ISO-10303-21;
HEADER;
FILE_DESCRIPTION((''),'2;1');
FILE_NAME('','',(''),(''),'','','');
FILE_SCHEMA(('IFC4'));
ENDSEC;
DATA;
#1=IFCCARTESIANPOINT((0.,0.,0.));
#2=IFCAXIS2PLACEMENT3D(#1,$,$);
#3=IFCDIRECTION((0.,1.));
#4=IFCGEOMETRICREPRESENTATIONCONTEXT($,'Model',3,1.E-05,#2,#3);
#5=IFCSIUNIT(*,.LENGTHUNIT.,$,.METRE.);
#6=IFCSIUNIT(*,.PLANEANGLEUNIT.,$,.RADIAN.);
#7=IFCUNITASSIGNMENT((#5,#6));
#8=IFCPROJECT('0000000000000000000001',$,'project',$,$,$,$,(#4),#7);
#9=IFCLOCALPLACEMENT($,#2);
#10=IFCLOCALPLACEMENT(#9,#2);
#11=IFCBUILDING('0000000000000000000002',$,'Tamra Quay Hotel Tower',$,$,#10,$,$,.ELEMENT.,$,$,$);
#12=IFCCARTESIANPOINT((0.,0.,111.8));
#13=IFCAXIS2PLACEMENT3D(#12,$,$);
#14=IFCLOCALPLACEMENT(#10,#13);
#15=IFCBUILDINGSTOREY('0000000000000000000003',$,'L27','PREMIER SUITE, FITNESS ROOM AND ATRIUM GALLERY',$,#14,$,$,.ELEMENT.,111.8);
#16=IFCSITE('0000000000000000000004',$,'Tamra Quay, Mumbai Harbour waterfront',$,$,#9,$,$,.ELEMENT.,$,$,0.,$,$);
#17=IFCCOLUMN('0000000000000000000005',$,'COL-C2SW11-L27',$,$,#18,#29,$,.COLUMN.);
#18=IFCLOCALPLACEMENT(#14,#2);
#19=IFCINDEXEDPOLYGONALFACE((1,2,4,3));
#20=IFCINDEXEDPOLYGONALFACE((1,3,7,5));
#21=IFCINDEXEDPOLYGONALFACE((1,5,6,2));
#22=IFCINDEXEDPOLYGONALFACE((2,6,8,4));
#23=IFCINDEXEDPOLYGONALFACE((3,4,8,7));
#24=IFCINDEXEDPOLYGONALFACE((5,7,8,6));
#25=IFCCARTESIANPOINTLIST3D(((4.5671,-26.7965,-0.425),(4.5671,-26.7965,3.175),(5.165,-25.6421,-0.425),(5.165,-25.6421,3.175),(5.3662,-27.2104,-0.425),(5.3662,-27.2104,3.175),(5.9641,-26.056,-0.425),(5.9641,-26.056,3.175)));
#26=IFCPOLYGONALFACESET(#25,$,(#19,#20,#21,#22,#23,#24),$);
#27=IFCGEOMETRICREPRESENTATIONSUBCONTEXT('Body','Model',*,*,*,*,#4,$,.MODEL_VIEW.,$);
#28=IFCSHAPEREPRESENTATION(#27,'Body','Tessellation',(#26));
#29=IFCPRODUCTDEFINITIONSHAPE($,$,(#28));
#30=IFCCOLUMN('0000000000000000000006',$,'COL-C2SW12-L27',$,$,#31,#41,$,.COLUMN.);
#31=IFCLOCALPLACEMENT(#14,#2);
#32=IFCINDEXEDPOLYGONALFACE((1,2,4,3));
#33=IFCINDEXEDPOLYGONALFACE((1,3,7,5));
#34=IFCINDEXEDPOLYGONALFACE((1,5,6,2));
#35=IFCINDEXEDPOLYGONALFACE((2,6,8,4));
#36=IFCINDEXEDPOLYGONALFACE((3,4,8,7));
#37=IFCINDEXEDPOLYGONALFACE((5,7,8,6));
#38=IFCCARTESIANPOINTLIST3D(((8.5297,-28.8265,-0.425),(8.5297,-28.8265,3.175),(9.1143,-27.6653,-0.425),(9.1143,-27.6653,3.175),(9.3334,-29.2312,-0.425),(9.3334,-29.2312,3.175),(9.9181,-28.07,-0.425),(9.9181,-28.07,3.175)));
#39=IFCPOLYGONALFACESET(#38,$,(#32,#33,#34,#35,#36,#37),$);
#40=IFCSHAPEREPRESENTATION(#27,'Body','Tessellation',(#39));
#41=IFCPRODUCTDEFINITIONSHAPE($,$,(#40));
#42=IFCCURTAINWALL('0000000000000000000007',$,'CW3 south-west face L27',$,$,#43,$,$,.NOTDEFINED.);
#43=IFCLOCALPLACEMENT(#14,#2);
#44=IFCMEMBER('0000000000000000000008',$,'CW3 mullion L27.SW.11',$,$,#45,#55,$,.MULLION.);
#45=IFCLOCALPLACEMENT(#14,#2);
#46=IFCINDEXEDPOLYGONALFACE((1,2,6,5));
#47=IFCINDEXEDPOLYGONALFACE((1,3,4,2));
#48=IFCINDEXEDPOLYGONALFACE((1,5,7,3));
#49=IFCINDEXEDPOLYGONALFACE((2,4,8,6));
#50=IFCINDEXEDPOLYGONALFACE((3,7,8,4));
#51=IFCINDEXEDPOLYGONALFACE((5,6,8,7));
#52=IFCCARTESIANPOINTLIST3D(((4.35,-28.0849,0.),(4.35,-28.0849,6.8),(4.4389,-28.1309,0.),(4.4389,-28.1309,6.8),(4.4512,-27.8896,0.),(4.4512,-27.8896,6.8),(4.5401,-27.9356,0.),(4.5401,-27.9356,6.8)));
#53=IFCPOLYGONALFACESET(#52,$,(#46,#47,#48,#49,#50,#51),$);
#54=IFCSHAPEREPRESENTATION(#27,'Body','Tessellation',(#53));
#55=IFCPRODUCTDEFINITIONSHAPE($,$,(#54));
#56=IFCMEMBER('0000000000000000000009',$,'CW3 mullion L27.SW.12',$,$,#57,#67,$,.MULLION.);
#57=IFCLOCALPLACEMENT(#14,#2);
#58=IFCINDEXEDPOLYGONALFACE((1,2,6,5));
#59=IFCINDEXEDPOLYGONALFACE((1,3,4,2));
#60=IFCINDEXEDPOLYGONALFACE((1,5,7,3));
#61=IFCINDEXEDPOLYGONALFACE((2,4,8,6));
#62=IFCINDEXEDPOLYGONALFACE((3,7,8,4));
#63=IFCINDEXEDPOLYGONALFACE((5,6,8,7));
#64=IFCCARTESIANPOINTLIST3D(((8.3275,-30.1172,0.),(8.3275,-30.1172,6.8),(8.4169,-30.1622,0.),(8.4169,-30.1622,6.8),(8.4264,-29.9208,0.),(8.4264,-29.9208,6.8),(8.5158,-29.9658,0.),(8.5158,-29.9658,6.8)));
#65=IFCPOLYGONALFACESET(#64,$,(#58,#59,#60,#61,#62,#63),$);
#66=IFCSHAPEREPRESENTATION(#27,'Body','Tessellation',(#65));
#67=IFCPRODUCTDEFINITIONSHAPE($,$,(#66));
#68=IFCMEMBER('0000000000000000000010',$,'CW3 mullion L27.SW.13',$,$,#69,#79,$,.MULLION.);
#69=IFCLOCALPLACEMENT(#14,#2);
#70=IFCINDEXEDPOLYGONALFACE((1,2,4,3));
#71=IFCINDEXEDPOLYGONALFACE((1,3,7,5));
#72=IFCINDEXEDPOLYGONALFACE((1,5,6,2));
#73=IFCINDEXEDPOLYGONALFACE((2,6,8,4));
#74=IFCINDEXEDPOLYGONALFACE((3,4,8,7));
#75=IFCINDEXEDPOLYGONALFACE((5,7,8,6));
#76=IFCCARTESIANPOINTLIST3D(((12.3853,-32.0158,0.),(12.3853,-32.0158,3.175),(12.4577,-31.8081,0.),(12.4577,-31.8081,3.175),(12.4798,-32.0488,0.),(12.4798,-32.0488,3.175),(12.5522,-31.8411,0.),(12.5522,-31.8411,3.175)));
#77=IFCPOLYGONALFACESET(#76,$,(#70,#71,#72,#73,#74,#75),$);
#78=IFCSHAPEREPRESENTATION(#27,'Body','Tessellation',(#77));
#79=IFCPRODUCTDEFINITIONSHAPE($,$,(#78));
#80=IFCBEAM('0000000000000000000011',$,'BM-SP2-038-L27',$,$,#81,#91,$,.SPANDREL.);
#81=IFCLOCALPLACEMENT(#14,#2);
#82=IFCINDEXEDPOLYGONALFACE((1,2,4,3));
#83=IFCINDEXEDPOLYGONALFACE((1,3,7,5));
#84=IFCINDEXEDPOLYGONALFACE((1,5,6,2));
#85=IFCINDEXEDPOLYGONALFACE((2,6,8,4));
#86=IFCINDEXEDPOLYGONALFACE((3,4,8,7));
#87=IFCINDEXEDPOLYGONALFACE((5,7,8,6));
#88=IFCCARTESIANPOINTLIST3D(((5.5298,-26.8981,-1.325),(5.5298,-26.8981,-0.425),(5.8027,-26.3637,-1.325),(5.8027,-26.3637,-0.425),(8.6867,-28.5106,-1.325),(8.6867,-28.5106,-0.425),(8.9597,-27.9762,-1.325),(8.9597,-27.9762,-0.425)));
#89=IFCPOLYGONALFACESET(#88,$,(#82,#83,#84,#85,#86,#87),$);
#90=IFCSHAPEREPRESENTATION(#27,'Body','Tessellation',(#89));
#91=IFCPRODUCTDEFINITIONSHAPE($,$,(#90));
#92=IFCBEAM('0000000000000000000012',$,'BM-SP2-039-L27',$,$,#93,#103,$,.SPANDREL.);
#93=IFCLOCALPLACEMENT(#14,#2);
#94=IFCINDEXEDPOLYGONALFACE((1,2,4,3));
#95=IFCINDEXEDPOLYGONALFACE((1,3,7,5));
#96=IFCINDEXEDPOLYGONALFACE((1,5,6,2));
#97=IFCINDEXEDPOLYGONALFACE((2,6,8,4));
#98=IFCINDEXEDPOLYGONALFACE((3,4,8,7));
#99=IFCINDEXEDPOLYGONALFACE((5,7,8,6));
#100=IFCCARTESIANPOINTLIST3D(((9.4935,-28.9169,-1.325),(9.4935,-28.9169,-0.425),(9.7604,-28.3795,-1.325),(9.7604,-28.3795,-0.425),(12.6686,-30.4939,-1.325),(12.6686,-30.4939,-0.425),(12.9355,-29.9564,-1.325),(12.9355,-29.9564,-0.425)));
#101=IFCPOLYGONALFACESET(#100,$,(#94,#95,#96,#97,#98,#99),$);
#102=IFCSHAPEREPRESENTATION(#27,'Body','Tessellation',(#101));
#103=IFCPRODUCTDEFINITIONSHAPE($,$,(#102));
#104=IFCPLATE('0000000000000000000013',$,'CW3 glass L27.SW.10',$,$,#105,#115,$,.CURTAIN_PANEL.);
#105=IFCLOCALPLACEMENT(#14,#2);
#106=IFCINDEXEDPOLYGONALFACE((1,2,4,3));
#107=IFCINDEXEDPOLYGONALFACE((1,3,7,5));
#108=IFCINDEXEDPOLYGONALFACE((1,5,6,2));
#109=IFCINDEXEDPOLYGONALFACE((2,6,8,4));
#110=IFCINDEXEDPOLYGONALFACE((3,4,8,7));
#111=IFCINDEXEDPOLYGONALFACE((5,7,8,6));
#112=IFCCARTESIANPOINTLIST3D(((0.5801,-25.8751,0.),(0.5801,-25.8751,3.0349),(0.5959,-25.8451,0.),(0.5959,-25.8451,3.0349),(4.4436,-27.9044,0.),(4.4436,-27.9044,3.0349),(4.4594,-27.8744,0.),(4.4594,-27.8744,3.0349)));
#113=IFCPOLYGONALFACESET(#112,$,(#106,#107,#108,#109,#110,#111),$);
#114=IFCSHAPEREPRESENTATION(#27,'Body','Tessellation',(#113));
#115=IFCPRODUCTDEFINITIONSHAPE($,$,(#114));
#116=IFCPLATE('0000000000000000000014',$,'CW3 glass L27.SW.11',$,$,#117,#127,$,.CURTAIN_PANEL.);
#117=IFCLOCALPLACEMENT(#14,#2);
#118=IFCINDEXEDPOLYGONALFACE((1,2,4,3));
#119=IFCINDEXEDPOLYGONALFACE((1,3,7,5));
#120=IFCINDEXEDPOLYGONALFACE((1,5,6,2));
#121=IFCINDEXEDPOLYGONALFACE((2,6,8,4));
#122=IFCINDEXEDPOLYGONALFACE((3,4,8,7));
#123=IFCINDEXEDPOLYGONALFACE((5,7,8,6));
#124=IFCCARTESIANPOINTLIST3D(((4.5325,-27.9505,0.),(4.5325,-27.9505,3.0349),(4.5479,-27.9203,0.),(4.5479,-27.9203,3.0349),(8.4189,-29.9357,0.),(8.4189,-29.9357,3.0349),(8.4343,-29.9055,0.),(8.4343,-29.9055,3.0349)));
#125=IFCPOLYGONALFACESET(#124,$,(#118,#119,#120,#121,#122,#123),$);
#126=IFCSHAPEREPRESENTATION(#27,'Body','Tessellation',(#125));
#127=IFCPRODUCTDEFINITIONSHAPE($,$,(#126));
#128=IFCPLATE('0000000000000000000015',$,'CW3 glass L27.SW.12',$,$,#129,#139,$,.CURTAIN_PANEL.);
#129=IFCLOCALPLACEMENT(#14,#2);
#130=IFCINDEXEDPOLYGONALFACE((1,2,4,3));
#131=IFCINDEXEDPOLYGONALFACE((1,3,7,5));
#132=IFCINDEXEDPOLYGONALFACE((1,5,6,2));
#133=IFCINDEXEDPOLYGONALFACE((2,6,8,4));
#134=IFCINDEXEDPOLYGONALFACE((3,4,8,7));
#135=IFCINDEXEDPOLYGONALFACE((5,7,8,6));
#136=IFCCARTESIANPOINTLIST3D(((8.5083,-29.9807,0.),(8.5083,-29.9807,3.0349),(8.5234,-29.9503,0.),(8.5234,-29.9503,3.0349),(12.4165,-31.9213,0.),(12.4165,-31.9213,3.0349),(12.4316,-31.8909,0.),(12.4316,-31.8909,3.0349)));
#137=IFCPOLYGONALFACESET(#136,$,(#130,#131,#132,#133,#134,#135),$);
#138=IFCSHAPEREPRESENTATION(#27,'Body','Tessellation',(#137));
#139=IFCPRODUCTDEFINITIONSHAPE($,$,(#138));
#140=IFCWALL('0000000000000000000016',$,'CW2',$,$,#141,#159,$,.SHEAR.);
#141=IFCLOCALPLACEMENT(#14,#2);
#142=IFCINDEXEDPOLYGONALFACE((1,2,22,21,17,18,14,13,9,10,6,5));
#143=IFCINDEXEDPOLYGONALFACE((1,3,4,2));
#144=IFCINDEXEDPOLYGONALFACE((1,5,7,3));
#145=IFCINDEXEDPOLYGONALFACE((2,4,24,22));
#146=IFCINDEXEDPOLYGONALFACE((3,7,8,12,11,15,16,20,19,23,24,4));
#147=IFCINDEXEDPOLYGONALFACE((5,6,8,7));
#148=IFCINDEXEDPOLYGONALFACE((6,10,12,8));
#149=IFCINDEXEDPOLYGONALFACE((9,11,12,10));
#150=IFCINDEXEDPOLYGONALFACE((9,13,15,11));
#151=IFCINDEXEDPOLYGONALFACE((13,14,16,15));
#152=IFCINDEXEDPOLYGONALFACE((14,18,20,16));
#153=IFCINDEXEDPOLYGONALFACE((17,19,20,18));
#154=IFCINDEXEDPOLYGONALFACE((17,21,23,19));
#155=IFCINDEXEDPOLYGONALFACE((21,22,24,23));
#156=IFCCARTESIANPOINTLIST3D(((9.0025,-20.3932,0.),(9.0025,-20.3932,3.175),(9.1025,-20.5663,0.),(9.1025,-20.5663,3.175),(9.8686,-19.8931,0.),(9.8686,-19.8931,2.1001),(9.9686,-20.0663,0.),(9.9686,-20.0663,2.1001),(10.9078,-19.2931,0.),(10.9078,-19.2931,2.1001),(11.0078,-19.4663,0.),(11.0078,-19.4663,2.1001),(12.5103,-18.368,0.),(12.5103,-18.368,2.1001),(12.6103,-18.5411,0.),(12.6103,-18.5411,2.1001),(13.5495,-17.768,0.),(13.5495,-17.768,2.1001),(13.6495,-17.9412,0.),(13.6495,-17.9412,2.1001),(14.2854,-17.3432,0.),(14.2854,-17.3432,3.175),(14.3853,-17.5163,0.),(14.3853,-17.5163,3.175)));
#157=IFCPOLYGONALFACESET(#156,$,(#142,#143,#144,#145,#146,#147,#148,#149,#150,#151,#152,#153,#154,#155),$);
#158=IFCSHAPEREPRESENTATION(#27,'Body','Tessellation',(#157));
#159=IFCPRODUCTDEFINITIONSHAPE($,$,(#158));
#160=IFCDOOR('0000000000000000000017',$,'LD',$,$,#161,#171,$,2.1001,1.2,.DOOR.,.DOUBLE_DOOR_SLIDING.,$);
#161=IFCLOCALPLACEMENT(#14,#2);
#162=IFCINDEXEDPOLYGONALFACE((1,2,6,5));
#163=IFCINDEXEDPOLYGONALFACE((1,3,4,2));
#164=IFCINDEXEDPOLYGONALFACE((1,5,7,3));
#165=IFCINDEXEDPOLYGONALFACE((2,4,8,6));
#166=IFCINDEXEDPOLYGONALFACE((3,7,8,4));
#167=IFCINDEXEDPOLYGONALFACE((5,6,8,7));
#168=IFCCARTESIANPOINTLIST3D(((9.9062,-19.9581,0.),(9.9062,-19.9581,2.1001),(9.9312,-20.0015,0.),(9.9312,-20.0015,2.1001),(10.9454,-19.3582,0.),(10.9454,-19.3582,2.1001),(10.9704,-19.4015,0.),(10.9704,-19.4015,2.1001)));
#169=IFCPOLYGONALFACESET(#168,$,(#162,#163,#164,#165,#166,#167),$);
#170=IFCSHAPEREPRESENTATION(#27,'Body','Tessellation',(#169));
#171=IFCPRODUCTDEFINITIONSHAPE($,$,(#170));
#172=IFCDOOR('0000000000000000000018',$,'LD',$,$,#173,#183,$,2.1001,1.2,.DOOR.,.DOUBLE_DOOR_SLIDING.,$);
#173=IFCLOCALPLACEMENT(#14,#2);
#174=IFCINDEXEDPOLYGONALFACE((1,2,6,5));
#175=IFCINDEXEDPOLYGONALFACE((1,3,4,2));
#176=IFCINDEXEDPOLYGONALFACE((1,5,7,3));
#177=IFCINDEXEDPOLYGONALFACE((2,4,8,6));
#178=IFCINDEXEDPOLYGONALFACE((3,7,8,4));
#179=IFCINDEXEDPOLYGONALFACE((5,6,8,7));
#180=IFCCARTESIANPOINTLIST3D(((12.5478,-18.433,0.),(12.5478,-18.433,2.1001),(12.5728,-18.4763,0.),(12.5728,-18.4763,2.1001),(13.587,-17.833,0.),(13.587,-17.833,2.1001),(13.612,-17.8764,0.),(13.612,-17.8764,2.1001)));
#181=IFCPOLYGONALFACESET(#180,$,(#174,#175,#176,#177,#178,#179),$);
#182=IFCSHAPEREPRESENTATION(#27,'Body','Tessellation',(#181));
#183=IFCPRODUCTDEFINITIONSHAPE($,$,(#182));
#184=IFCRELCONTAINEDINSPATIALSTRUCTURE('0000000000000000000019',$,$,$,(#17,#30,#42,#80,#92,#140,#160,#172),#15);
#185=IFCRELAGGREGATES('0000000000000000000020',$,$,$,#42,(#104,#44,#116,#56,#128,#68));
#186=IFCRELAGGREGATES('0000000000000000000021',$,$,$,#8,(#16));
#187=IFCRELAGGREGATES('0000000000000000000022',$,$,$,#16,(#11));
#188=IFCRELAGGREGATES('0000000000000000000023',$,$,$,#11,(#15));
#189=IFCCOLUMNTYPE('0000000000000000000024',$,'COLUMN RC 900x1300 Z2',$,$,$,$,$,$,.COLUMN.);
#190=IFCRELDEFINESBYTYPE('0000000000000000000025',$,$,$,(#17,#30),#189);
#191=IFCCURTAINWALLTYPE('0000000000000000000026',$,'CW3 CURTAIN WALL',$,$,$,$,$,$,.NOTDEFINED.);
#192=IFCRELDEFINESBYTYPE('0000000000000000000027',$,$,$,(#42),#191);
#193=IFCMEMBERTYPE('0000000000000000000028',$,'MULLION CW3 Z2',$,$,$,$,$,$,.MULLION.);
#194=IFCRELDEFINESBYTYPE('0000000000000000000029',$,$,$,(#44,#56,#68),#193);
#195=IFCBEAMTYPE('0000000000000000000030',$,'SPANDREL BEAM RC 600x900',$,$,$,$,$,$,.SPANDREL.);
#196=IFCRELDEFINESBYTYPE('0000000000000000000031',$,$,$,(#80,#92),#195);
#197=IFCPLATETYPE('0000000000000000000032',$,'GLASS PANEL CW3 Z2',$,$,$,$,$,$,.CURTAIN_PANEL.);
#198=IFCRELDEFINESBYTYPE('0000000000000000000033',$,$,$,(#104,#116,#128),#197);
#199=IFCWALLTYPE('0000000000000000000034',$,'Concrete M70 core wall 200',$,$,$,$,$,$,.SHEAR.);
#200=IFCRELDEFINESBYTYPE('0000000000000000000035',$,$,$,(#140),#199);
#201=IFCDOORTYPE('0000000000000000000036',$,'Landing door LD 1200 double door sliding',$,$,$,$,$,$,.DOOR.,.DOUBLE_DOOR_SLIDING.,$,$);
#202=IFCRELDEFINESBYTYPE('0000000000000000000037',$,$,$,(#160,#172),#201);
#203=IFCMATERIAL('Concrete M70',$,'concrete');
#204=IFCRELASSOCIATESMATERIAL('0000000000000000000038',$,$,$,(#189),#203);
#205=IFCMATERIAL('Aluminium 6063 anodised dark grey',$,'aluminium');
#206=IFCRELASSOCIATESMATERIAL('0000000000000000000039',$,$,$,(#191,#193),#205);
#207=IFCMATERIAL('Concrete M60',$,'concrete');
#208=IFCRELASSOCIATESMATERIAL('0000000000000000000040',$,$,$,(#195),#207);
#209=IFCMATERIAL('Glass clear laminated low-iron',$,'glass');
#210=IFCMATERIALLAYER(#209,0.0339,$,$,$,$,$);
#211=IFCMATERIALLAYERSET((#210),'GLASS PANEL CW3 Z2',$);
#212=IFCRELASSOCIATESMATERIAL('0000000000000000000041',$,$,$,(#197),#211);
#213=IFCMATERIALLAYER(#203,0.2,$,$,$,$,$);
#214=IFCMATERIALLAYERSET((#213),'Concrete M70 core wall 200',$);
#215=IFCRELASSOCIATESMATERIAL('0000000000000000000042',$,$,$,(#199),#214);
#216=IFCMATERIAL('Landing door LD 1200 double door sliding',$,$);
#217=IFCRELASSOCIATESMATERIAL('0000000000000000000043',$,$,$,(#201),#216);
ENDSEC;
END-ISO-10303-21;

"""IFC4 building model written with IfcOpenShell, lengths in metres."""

from ifc_helpers import new_model, si_unit, direction, frame, frame_2d, origin, origin_2d, place, context, subcontext, project, spatial, rectangle, extrude, material, layer, layer_set, material_profile, profile_set, type_object, element, fill, aggregate, save


model = new_model("IFC4")

# Units and contexts
model_context = context("Model", 3, precision=1e-05, world=origin(), true_north=direction((0.0, 1.0)))
body_context = subcontext(model_context, "Body", "Model", "MODEL_VIEW")
ifc_project = project(units=[si_unit("LENGTHUNIT", "METRE"), si_unit("PLANEANGLEUNIT", "RADIAN")], contexts=[model_context])

# Site, building, storey
site_placement = place(None, origin())
site = spatial("IfcSite", under=ifc_project, at=site_placement, Name="Tamra Quay, Mumbai Harbour waterfront", CompositionType="ELEMENT", RefElevation=0.0)
building_placement = place(site_placement, origin())
building = spatial("IfcBuilding", under=site, at=building_placement, Name="Tamra Quay Hotel Tower", CompositionType="ELEMENT")
storey_placement = place(building_placement, frame((0.0, 0.0, 111.8)))
storey = spatial("IfcBuildingStorey", under=building, at=storey_placement, Name="L27", Description="PREMIER SUITE, FITNESS ROOM AND ATRIUM GALLERY", CompositionType="ELEMENT", Elevation=111.8)

# Columns
ifc_material_1 = material(Name="Concrete M70", Category="concrete")
ifc_material_profile_1 = material_profile(ifc_material_1, rectangle(XDim=1.3, YDim=0.8999, at=origin_2d()), Name="COLUMN RC 900x1300 Z2")
ifc_profile_set_1 = profile_set([ifc_material_profile_1], Name="Concrete M70")
column_type = type_object("IfcColumnType", Name="COLUMN RC 900x1300 Z2", PredefinedType="COLUMN", material=ifc_profile_set_1)
for number, where, z_axis, x_axis, name in (
    (1, (5.2656, -26.4263, -0.425), (0.0, 0.0, 1.0), (0.45989, 0.887976, 0.0), "COL-C2SW11-L27"),
    (2, (9.2239, -28.4482, -0.425), (0.0, 0.0, 1.0), (0.449727, 0.893166, 0.0), "COL-C2SW12-L27"),
):
    element("IfcColumn", number, at=place(storey_placement, frame(where, z_axis=z_axis, x_axis=x_axis)), inside=storey, type_object=column_type, Name=name, PredefinedType="COLUMN", context=body_context, shape_type="SweptSolid", body=[
        extrude(rectangle(XDim=1.3, YDim=0.8999, at=origin_2d()), origin(), (0.0, 0.0, 1.0), 3.6001),
    ])

# Curtain wall, members
ifc_material_2 = material(Name="Aluminium 6063 anodised dark grey", Category="aluminium")
curtain_wall_type = type_object("IfcCurtainWallType", Name="CW3 CURTAIN WALL", PredefinedType="NOTDEFINED", material=ifc_material_2)
curtain_wall_placement = place(storey_placement, origin())
curtain_wall = element("IfcCurtainWall", 3, at=curtain_wall_placement, inside=storey, type_object=curtain_wall_type, Name="CW3 south-west face L27", PredefinedType="NOTDEFINED")
ifc_material_profile_2 = material_profile(ifc_material_2, rectangle(XDim=0.22, YDim=0.1001, at=origin_2d()), Name="MULLION 100X220")
ifc_profile_set_2 = profile_set([ifc_material_profile_2], Name="Aluminium 6063 anodised dark grey")
member_type = type_object("IfcMemberType", Name="MULLION CW3 Z2", PredefinedType="MULLION", material=ifc_profile_set_2)
member_1_placement = place(storey_placement, frame((4.4451, -28.0103, 0.0), z_axis=(0.0, 0.0, 1.0), x_axis=(-0.45996, -0.88794, 0.0)))
member_1 = element("IfcMember", 4, at=member_1_placement, type_object=member_type, Name="CW3 mullion L27.SW.11", PredefinedType="MULLION", context=body_context, shape_type="SweptSolid", body=[
    extrude(rectangle(XDim=0.22, YDim=0.1001, at=origin_2d()), origin(), (0.0, 0.0, 1.0), 6.8),
])
member_2_placement = place(storey_placement, frame((8.4216, -30.0415, 0.0), z_axis=(0.0, 0.0, 1.0), x_axis=(-0.449827, -0.893116, 0.0)))
member_2 = element("IfcMember", 5, at=member_2_placement, type_object=member_type, Name="CW3 mullion L27.SW.12", PredefinedType="MULLION", context=body_context, shape_type="SweptSolid", body=[
    extrude(rectangle(XDim=0.22, YDim=0.1001, at=origin_2d()), origin(), (0.0, 0.0, 1.0), 6.8),
])
member_3_placement = place(storey_placement, frame((12.4688, -31.9285, 0.0), z_axis=(0.0, 0.0, 1.0), x_axis=(-0.329532, -0.944144, 0.0)))
member_3 = element("IfcMember", 6, at=member_3_placement, type_object=member_type, Name="CW3 mullion L27.SW.13", PredefinedType="MULLION", context=body_context, shape_type="SweptSolid", body=[
    extrude(rectangle(XDim=0.22, YDim=0.1001, at=origin_2d()), origin(), (0.0, 0.0, 1.0), 3.175),
])

# Beams
ifc_material_3 = material(Name="Concrete M60", Category="concrete")
ifc_material_profile_3 = material_profile(ifc_material_3, rectangle(XDim=0.6001, YDim=0.8999, at=origin_2d()), Name="SPANDREL BEAM RC 600x900")
ifc_profile_set_3 = profile_set([ifc_material_profile_3], Name="Concrete M60")
beam_type = type_object("IfcBeamType", Name="SPANDREL BEAM RC 600x900", PredefinedType="SPANDREL", material=ifc_profile_set_3)
beam_1_placement = place(storey_placement, frame((5.6663, -26.6309, -0.875), z_axis=(0.890551, -0.454883, 0.0), x_axis=(0.454883, 0.890551, 0.0)))
element("IfcBeam", 7, at=beam_1_placement, inside=storey, type_object=beam_type, Name="BM-SP2-038-L27", PredefinedType="SPANDREL", context=body_context, shape_type="SweptSolid", body=[
    extrude(rectangle(XDim=0.6001, YDim=0.8999, at=origin_2d()), origin(), (0.0, 0.0, 1.0), 3.5449),
])
beam_2_placement = place(storey_placement, frame((9.627, -28.6482, -0.875), z_axis=(0.895622, -0.444815, 0.0), x_axis=(0.444815, 0.895622, 0.0)))
element("IfcBeam", 8, at=beam_2_placement, inside=storey, type_object=beam_type, Name="BM-SP2-039-L27", PredefinedType="SPANDREL", context=body_context, shape_type="SweptSolid", body=[
    extrude(rectangle(XDim=0.6001, YDim=0.8999, at=origin_2d()), origin(), (0.0, 0.0, 1.0), 3.5452),
])

# Plates
ifc_material_4 = material(Name="Glass clear laminated low-iron", Category="glass")
ifc_layer_1 = layer(ifc_material_4, 0.0339)
ifc_layer_set_1 = layer_set([ifc_layer_1], Name="GLASS PANEL CW3 Z2")
plate_type = type_object("IfcPlateType", Name="GLASS PANEL CW3 Z2", PredefinedType="CURTAIN_PANEL", material=ifc_layer_set_1)
plate_1_placement = place(storey_placement, frame((2.5198, -26.8748, 0.0), z_axis=(0.0, 0.0, 1.0), x_axis=(0.885306, -0.465009, 0.0)))
plate_1 = element("IfcPlate", 9, at=plate_1_placement, type_object=plate_type, Name="CW3 glass L27.SW.10", PredefinedType="CURTAIN_PANEL", context=body_context, shape_type="SweptSolid", body=[
    extrude(rectangle(XDim=4.364, YDim=0.0339, at=origin_2d()), origin(), (0.0, 0.0, 1.0), 3.0349),
])
plate_2_placement = place(storey_placement, frame((6.4834, -28.928, 0.0), z_axis=(0.0, 0.0, 1.0), x_axis=(0.890544, -0.454896, 0.0)))
plate_2 = element("IfcPlate", 10, at=plate_2_placement, type_object=plate_type, Name="CW3 glass L27.SW.11", PredefinedType="CURTAIN_PANEL", context=body_context, shape_type="SweptSolid", body=[
    extrude(rectangle(XDim=4.364, YDim=0.0339, at=origin_2d()), origin(), (0.0, 0.0, 1.0), 3.0349),
])
plate_3_placement = place(storey_placement, frame((10.47, -30.9358, 0.0), z_axis=(0.0, 0.0, 1.0), x_axis=(0.895658, -0.444743, 0.0)))
plate_3 = element("IfcPlate", 11, at=plate_3_placement, type_object=plate_type, Name="CW3 glass L27.SW.12", PredefinedType="CURTAIN_PANEL", context=body_context, shape_type="SweptSolid", body=[
    extrude(rectangle(XDim=4.3635, YDim=0.0339, at=origin_2d()), origin(), (0.0, 0.0, 1.0), 3.0349),
])
aggregate(curtain_wall, [plate_1, member_1, plate_2, member_2, plate_3, member_3])

# Wall, openings, doors
ifc_layer_2 = layer(ifc_material_1, 0.2)
ifc_layer_set_2 = layer_set([ifc_layer_2], Name="Concrete M70 core wall 200")
wall_type_1 = type_object("IfcWallType", Name="Concrete M70 core wall 200", PredefinedType="SHEAR", material=ifc_layer_set_2)
wall_1_placement = place(storey_placement, frame((9.0525, -20.4797, 0.0), z_axis=(0.0, 0.0, 1.0), x_axis=(0.86603, 0.499992, 0.0)))
wall_1 = element("IfcWall", 12, at=wall_1_placement, inside=storey, type_object=wall_type_1, Name="CW2", PredefinedType="SHEAR", context=body_context, shape_type="SweptSolid", body=[
    extrude(rectangle(XDim=6.1001, YDim=0.2, at=frame_2d((3.05, 0.0))), origin(), (0.0, 0.0, 1.0), 3.175),
])
opening_1_placement = place(wall_1_placement, frame((1.0, 0.0, 0.0)))
opening_1 = element("IfcOpeningElement", 13, at=opening_1_placement, cuts=wall_1, PredefinedType="OPENING", context=body_context, shape_type="SweptSolid", body=[
    extrude(rectangle(XDim=1.2, YDim=2.1001, at=frame_2d((0.6001, 1.05))), frame((0.0, 0.1099, 0.0), z_axis=(0.0, -1.0, 0.0), x_axis=(1.0, 0.0, 0.0)), (0.0, 0.0, 1.0), 0.22),
])
opening_2_placement = place(wall_1_placement, frame((4.0503, 0.0, 0.0)))
opening_2 = element("IfcOpeningElement", 14, at=opening_2_placement, cuts=wall_1, PredefinedType="OPENING", context=body_context, shape_type="SweptSolid", body=[
    extrude(rectangle(XDim=1.2, YDim=2.1001, at=frame_2d((0.6001, 1.05))), frame((0.0, 0.1099, 0.0), z_axis=(0.0, -1.0, 0.0), x_axis=(1.0, 0.0, 0.0)), (0.0, 0.0, 1.0), 0.22),
])
ifc_material_5 = material(Name="Landing door LD 1200 double door sliding")
door_type_1 = type_object("IfcDoorType", Name="Landing door LD 1200 double door sliding", OperationType="DOUBLE_DOOR_SLIDING", PredefinedType="DOOR", material=ifc_material_5)
door_1_placement = place(opening_1_placement, origin())
door_1 = element("IfcDoor", 15, at=door_1_placement, inside=storey, type_object=door_type_1, Name="LD", OperationType="DOUBLE_DOOR_SLIDING", OverallHeight=2.1001, OverallWidth=1.2, PredefinedType="DOOR", context=body_context, shape_type="SweptSolid", body=[
    extrude(rectangle(XDim=1.2, YDim=2.1001, at=frame_2d((0.6001, 1.05))), frame((0.0, 0.0249, 0.0), z_axis=(0.0, -1.0, 0.0), x_axis=(1.0, 0.0, 0.0)), (0.0, 0.0, 1.0), 0.05),
])
fill(opening_1, door_1)
door_2_placement = place(opening_2_placement, origin())
door_2 = element("IfcDoor", 16, at=door_2_placement, inside=storey, type_object=door_type_1, Name="LD", OperationType="DOUBLE_DOOR_SLIDING", OverallHeight=2.1001, OverallWidth=1.2, PredefinedType="DOOR", context=body_context, shape_type="SweptSolid", body=[
    extrude(rectangle(XDim=1.2, YDim=2.1001, at=frame_2d((0.6001, 1.05))), frame((0.0, 0.0249, 0.0), z_axis=(0.0, -1.0, 0.0), x_axis=(1.0, 0.0, 0.0)), (0.0, 0.0, 1.0), 0.05),
])
fill(opening_2, door_2)

save(model, "model.ifc")
